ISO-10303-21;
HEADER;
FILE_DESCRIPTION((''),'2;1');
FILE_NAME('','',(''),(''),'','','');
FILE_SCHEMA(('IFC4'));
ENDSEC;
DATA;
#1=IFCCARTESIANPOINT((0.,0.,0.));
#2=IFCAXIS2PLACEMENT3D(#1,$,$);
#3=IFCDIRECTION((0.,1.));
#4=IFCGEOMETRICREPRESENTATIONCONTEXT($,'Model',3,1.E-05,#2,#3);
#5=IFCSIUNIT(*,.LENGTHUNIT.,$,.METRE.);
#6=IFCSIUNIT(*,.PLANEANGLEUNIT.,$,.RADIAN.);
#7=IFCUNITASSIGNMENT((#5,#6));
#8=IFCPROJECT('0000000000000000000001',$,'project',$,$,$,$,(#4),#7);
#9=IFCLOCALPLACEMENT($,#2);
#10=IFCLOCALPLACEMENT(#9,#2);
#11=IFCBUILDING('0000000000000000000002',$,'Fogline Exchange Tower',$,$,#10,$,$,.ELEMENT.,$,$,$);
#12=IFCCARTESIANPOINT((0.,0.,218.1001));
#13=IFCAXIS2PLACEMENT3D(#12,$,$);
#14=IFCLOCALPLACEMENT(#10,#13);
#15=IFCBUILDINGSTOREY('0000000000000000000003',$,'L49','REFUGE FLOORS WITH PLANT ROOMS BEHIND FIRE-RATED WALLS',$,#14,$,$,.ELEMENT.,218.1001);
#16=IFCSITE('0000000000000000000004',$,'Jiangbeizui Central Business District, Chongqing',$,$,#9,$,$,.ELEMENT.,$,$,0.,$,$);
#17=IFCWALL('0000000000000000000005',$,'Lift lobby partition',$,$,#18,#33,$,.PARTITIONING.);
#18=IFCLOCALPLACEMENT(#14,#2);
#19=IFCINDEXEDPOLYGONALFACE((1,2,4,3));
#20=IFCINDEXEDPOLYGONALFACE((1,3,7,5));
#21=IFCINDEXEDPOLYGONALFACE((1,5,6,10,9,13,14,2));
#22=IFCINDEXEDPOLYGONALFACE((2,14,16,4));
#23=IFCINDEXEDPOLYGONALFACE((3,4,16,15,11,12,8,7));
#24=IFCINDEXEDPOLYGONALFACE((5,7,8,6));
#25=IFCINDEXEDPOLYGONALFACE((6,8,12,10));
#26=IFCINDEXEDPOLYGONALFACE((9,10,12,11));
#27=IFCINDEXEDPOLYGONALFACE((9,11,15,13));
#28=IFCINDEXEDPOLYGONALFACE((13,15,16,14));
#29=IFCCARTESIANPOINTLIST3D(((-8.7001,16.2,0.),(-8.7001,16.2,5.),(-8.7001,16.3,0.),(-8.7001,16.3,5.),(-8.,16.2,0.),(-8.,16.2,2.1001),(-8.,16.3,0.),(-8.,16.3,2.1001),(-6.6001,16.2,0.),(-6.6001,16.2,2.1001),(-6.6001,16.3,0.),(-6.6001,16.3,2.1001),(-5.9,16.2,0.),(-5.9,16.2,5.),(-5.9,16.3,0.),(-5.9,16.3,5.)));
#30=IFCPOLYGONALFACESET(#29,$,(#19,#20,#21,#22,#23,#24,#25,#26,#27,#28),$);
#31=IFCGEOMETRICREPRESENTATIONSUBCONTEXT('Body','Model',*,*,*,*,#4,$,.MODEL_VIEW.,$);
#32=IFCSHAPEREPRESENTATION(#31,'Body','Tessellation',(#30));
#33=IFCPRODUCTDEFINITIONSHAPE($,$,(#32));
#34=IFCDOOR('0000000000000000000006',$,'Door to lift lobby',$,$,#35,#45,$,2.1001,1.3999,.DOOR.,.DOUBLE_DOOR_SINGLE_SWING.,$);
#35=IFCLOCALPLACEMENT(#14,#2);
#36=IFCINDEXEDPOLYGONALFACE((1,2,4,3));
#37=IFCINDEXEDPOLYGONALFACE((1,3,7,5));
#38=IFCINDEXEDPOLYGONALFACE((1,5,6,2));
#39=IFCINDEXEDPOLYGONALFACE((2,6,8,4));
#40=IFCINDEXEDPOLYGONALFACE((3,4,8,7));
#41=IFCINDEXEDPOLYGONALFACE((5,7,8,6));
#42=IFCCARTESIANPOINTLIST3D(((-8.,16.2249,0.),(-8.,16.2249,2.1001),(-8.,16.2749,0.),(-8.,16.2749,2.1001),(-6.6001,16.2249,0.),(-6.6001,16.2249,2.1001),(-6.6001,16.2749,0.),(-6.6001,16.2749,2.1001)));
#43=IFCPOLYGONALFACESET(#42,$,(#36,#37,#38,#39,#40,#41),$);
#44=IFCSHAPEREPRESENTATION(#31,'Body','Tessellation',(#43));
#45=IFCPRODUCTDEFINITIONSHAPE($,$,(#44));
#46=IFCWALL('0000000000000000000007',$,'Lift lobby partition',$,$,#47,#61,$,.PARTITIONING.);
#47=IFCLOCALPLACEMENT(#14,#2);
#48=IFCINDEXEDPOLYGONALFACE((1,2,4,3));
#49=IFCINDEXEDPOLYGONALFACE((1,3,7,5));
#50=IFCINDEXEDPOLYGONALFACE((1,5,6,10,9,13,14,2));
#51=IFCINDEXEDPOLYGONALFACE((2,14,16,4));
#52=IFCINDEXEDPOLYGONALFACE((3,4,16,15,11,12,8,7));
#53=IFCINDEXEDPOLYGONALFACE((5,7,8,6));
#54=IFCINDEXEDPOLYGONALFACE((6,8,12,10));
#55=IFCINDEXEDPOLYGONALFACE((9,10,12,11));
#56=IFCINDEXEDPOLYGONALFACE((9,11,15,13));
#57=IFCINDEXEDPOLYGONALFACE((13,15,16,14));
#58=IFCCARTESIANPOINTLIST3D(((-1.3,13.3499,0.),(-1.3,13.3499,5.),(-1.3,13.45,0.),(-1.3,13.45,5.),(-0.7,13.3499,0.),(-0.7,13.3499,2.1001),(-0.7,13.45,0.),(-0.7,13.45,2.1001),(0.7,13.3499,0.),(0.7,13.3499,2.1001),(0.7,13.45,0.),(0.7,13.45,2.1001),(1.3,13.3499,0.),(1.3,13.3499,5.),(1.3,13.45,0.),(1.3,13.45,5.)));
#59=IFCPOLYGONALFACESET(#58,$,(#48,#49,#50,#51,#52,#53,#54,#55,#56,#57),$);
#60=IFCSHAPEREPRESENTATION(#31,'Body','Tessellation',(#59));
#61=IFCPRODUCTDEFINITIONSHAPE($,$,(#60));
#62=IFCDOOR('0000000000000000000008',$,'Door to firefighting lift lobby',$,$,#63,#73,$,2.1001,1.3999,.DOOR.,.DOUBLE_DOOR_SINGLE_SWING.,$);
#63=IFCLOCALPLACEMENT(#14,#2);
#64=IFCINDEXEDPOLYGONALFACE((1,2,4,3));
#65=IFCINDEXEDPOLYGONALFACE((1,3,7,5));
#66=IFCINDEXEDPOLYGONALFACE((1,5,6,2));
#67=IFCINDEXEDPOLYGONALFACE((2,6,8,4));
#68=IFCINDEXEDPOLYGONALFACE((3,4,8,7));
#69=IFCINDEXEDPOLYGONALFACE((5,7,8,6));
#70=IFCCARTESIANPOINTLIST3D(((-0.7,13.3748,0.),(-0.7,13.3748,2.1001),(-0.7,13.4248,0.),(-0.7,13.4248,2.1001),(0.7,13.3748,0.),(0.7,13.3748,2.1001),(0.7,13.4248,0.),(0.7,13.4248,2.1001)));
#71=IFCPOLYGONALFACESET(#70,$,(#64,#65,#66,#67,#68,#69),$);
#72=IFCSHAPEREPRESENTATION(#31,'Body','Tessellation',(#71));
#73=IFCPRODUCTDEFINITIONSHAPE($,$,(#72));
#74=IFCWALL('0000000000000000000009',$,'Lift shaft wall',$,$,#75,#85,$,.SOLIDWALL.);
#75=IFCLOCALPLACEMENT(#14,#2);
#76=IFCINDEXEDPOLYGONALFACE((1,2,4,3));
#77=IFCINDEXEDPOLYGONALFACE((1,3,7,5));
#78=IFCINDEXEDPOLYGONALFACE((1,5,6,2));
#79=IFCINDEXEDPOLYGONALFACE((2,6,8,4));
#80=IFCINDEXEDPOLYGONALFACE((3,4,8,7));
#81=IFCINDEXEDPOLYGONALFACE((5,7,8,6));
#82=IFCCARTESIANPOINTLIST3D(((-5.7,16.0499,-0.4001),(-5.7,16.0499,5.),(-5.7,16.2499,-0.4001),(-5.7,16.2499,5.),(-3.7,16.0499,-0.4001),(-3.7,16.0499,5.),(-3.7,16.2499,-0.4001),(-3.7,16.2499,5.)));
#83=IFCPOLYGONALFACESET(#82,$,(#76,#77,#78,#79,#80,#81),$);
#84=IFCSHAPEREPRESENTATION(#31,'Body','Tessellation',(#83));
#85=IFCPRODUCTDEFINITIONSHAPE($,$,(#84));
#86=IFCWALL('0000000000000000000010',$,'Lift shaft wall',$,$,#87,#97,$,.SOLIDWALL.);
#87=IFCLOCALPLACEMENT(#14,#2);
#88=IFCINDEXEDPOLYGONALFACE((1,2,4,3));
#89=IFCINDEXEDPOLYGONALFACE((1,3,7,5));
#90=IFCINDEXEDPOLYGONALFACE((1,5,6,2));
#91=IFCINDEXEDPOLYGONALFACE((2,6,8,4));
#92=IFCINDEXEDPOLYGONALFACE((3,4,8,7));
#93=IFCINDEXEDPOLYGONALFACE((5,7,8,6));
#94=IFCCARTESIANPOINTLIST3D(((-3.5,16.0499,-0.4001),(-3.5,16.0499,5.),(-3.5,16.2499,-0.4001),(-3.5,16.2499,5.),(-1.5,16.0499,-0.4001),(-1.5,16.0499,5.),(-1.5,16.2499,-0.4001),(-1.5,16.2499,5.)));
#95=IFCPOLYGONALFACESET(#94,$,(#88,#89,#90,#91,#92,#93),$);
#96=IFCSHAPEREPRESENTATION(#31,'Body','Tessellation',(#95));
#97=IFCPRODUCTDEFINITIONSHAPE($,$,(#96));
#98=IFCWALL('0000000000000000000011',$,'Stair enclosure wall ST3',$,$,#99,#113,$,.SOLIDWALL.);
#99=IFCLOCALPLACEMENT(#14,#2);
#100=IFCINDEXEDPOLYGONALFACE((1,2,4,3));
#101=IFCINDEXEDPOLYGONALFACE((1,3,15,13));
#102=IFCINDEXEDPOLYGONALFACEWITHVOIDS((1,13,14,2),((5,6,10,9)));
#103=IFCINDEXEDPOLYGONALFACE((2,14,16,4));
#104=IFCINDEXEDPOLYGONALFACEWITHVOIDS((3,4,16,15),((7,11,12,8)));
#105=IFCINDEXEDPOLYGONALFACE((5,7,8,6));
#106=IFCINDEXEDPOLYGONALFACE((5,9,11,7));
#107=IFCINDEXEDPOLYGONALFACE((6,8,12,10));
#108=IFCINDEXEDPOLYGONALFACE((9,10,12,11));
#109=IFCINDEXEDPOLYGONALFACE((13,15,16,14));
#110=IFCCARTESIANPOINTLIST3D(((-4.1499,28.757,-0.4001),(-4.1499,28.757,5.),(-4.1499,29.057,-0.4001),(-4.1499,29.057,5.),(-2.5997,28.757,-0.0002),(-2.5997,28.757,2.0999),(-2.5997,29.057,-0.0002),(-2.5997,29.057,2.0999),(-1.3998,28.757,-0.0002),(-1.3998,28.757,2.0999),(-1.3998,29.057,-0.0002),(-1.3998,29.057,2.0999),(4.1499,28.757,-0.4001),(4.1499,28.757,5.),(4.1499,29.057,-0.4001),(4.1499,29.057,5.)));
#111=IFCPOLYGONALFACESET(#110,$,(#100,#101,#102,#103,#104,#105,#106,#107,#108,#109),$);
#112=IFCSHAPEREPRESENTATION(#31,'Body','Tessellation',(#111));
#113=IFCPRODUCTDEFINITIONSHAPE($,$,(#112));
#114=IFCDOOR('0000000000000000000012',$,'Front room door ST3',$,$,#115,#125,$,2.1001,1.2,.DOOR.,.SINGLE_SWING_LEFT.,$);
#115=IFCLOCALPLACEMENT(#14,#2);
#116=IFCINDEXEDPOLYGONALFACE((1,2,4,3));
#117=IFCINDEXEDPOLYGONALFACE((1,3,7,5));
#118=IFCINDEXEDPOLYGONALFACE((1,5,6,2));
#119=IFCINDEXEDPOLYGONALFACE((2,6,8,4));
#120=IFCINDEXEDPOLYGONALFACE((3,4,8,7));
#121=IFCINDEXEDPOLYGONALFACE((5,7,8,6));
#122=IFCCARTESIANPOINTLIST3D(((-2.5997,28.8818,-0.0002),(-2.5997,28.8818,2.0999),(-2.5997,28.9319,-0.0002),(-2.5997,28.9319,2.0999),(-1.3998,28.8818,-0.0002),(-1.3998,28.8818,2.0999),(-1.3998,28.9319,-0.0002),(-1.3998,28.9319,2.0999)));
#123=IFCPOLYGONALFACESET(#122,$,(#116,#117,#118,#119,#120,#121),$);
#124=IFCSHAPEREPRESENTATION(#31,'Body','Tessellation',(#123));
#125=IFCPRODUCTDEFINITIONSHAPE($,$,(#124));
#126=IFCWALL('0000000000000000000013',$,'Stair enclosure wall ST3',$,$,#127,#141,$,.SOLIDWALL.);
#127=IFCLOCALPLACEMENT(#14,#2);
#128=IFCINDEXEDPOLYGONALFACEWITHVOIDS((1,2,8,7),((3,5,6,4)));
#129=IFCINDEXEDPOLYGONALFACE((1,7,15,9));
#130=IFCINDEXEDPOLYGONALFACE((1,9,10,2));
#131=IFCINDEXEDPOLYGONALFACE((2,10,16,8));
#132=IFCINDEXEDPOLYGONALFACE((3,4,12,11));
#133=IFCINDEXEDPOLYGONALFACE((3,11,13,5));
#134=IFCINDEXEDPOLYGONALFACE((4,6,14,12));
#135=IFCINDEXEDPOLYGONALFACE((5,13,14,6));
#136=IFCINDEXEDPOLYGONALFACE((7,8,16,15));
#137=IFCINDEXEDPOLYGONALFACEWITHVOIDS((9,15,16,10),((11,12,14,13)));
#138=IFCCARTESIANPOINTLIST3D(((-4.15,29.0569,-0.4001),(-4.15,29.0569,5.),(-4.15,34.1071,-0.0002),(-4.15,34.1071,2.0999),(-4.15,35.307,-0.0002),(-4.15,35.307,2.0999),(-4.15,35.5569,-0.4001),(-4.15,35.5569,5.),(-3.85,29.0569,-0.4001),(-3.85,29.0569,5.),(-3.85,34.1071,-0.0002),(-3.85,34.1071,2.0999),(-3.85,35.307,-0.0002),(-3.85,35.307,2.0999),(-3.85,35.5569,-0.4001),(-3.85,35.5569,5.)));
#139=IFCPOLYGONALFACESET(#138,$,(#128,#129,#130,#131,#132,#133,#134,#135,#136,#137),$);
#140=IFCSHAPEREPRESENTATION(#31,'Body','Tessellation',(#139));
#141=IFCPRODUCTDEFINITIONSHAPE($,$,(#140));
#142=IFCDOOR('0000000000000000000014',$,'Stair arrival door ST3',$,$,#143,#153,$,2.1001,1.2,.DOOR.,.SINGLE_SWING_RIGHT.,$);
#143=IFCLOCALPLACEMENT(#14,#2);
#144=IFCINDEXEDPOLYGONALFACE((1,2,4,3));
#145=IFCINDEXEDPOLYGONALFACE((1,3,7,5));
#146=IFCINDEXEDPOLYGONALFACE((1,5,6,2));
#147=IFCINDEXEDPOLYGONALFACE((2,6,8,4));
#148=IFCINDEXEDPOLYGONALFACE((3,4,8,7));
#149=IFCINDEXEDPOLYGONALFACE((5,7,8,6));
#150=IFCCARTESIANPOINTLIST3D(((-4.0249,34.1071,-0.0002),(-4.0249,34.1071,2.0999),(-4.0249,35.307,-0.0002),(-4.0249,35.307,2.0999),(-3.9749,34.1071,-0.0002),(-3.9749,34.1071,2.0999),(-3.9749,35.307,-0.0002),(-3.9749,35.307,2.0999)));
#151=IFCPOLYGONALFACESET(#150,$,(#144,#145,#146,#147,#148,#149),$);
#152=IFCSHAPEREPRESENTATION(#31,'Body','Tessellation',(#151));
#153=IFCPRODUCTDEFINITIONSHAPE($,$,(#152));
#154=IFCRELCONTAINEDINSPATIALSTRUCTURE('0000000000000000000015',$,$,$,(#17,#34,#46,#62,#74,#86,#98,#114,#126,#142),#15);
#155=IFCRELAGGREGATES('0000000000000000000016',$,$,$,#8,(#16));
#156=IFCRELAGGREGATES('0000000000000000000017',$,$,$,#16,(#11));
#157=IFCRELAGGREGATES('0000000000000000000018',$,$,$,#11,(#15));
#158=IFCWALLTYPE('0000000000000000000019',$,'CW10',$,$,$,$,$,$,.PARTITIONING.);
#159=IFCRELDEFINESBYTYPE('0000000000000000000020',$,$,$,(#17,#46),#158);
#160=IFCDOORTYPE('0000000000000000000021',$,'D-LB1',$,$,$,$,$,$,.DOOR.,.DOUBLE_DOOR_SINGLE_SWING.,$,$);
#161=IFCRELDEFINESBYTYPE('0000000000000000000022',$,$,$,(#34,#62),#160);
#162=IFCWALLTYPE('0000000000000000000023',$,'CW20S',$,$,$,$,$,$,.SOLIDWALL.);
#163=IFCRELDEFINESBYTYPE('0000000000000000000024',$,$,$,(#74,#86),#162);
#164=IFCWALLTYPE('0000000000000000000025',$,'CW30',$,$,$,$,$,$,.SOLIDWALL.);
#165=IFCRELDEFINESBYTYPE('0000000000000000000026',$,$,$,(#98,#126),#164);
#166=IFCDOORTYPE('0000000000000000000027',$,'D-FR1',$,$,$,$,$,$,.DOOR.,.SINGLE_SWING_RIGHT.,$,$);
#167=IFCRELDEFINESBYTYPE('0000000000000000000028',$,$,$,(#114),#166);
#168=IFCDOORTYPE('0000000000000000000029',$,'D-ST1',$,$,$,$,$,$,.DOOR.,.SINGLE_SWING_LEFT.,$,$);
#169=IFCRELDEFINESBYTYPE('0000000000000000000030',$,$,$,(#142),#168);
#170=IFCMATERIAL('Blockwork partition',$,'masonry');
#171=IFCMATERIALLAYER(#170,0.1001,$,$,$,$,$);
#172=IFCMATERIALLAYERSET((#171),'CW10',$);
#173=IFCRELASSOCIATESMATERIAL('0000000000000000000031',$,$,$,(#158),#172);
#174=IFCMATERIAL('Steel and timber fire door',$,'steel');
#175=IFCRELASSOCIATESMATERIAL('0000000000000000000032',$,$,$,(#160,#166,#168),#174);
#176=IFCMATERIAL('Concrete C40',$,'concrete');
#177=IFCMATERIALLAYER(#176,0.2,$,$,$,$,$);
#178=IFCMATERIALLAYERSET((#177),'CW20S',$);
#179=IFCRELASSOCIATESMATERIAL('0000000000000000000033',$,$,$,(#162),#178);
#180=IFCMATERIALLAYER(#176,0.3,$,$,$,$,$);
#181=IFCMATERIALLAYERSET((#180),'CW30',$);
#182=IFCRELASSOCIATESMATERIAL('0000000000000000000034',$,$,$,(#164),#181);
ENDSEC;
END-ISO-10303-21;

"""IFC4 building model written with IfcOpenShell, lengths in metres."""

from ifc_helpers import new_model, si_unit, direction, frame, frame_2d, origin, place, context, subcontext, project, spatial, rectangle, extrude, material, layer, layer_set, type_object, element, fill, save


model = new_model("IFC4")

# Units and contexts
model_context = context("Model", 3, precision=1e-05, world=origin(), true_north=direction((0.0, 1.0)))
body_context = subcontext(model_context, "Body", "Model", "MODEL_VIEW")
ifc_project = project(units=[si_unit("LENGTHUNIT", "METRE"), si_unit("PLANEANGLEUNIT", "RADIAN")], contexts=[model_context])

# Site, building, storey
site_placement = place(None, origin())
site = spatial("IfcSite", under=ifc_project, at=site_placement, Name="Jiangbeizui Central Business District, Chongqing", CompositionType="ELEMENT", RefElevation=0.0)
building_placement = place(site_placement, origin())
building = spatial("IfcBuilding", under=site, at=building_placement, Name="Fogline Exchange Tower", CompositionType="ELEMENT")
storey_placement = place(building_placement, frame((0.0, 0.0, 218.1001)))
storey = spatial("IfcBuildingStorey", under=building, at=storey_placement, Name="L49", Description="REFUGE FLOORS WITH PLANT ROOMS BEHIND FIRE-RATED WALLS", CompositionType="ELEMENT", Elevation=218.1001)

# Shared definitions
ifc_material_1 = material(Name="Concrete C40", Category="concrete")

# Walls, openings, doors
ifc_material_2 = material(Name="Blockwork partition", Category="masonry")
ifc_layer_1 = layer(ifc_material_2, 0.1001)
ifc_layer_set_1 = layer_set([ifc_layer_1], Name="CW10")
wall_type_1 = type_object("IfcWallType", Name="CW10", PredefinedType="PARTITIONING", material=ifc_layer_set_1)
wall_1_placement = place(storey_placement, frame((-8.7, 16.25, 0.0), z_axis=(0.0, 0.0, 1.0), x_axis=(1.0, 0.0, 0.0)))
wall_1 = element("IfcWall", 1, at=wall_1_placement, inside=storey, type_object=wall_type_1, Name="Lift lobby partition", PredefinedType="PARTITIONING", context=body_context, shape_type="SweptSolid", body=[
    extrude(rectangle(XDim=2.8, YDim=0.1001, at=frame_2d((1.3999, 0.0))), origin(), (0.0, 0.0, 1.0), 5.0),
])
opening_1_placement = place(wall_1_placement, frame((0.7, 0.0, 0.0)))
opening_1 = element("IfcOpeningElement", 2, at=opening_1_placement, cuts=wall_1, PredefinedType="OPENING", context=body_context, shape_type="SweptSolid", body=[
    extrude(rectangle(XDim=1.3999, YDim=2.1001, at=frame_2d((0.7, 1.05))), frame((0.0, 0.0601, 0.0), z_axis=(0.0, -1.0, 0.0), x_axis=(1.0, 0.0, 0.0)), (0.0, 0.0, 1.0), 0.1201),
])
ifc_material_3 = material(Name="Steel and timber fire door", Category="steel")
door_type_1 = type_object("IfcDoorType", Name="D-LB1", OperationType="DOUBLE_DOOR_SINGLE_SWING", PredefinedType="DOOR", material=ifc_material_3)
door_1_placement = place(opening_1_placement, origin())
door_1 = element("IfcDoor", 3, at=door_1_placement, inside=storey, type_object=door_type_1, Name="Door to lift lobby", OperationType="DOUBLE_DOOR_SINGLE_SWING", OverallHeight=2.1001, OverallWidth=1.3999, PredefinedType="DOOR", context=body_context, shape_type="SweptSolid", body=[
    extrude(rectangle(XDim=1.3999, YDim=2.1001, at=frame_2d((0.7, 1.05))), frame((0.0, 0.0249, 0.0), z_axis=(0.0, -1.0, 0.0), x_axis=(1.0, 0.0, 0.0)), (0.0, 0.0, 1.0), 0.05),
])
fill(opening_1, door_1)
wall_2_placement = place(storey_placement, frame((-1.3, 13.3999, 0.0), z_axis=(0.0, 0.0, 1.0), x_axis=(1.0, 0.0, 0.0)))
wall_2 = element("IfcWall", 4, at=wall_2_placement, inside=storey, type_object=wall_type_1, Name="Lift lobby partition", PredefinedType="PARTITIONING", context=body_context, shape_type="SweptSolid", body=[
    extrude(rectangle(XDim=2.6001, YDim=0.1001, at=frame_2d((1.3, 0.0))), origin(), (0.0, 0.0, 1.0), 5.0),
])
opening_2_placement = place(wall_2_placement, frame((0.6001, 0.0, 0.0)))
opening_2 = element("IfcOpeningElement", 5, at=opening_2_placement, cuts=wall_2, PredefinedType="OPENING", context=body_context, shape_type="SweptSolid", body=[
    extrude(rectangle(XDim=1.3999, YDim=2.1001, at=frame_2d((0.7, 1.05))), frame((0.0, 0.0601, 0.0), z_axis=(0.0, -1.0, 0.0), x_axis=(1.0, 0.0, 0.0)), (0.0, 0.0, 1.0), 0.1201),
])
door_2_placement = place(opening_2_placement, origin())
door_2 = element("IfcDoor", 6, at=door_2_placement, inside=storey, type_object=door_type_1, Name="Door to firefighting lift lobby", OperationType="DOUBLE_DOOR_SINGLE_SWING", OverallHeight=2.1001, OverallWidth=1.3999, PredefinedType="DOOR", context=body_context, shape_type="SweptSolid", body=[
    extrude(rectangle(XDim=1.3999, YDim=2.1001, at=frame_2d((0.7, 1.05))), frame((0.0, 0.0249, 0.0), z_axis=(0.0, -1.0, 0.0), x_axis=(1.0, 0.0, 0.0)), (0.0, 0.0, 1.0), 0.05),
])
fill(opening_2, door_2)

# Walls
ifc_layer_2 = layer(ifc_material_1, 0.2)
ifc_layer_set_2 = layer_set([ifc_layer_2], Name="CW20S")
wall_type_2 = type_object("IfcWallType", Name="CW20S", PredefinedType="SOLIDWALL", material=ifc_layer_set_2)
for number, where, z_axis, x_axis, name in (
    (7, (-5.7, 16.1499, -0.4001), (0.0, 0.0, 1.0), (1.0, 0.0, 0.0), "Lift shaft wall"),
    (8, (-3.5, 16.1499, -0.4001), (0.0, 0.0, 1.0), (1.0, 0.0, 0.0), "Lift shaft wall"),
):
    element("IfcWall", number, at=place(storey_placement, frame(where, z_axis=z_axis, x_axis=x_axis)), inside=storey, type_object=wall_type_2, Name=name, PredefinedType="SOLIDWALL", context=body_context, shape_type="SweptSolid", body=[
        extrude(rectangle(XDim=2.0, YDim=0.2, at=frame_2d((1.0, 0.0))), origin(), (0.0, 0.0, 1.0), 5.4001),
    ])

# Walls, openings, doors
ifc_layer_3 = layer(ifc_material_1, 0.3)
ifc_layer_set_3 = layer_set([ifc_layer_3], Name="CW30")
wall_type_3 = type_object("IfcWallType", Name="CW30", PredefinedType="SOLIDWALL", material=ifc_layer_set_3)
wall_3_placement = place(storey_placement, frame((-4.1499, 28.907, -0.4001), z_axis=(0.0, 0.0, 1.0), x_axis=(1.0, 0.0, 0.0)))
wall_3 = element("IfcWall", 9, at=wall_3_placement, inside=storey, type_object=wall_type_3, Name="Stair enclosure wall ST3", PredefinedType="SOLIDWALL", context=body_context, shape_type="SweptSolid", body=[
    extrude(rectangle(XDim=8.2998, YDim=0.3, at=frame_2d((4.1499, 0.0))), origin(), (0.0, 0.0, 1.0), 5.4001),
])
opening_3_placement = place(wall_3_placement, frame((1.55, 0.0, 0.3999)))
opening_3 = element("IfcOpeningElement", 10, at=opening_3_placement, cuts=wall_3, PredefinedType="OPENING", context=body_context, shape_type="SweptSolid", body=[
    extrude(rectangle(XDim=1.2, YDim=2.1001, at=frame_2d((0.6001, 1.05))), frame((0.0, 0.1602, 0.0), z_axis=(0.0, -1.0, 0.0), x_axis=(1.0, 0.0, 0.0)), (0.0, 0.0, 1.0), 0.3201),
])
door_type_2 = type_object("IfcDoorType", Name="D-FR1", OperationType="SINGLE_SWING_RIGHT", PredefinedType="DOOR", material=ifc_material_3)
door_3_placement = place(opening_3_placement, origin())
door_3 = element("IfcDoor", 11, at=door_3_placement, inside=storey, type_object=door_type_2, Name="Front room door ST3", OperationType="SINGLE_SWING_LEFT", OverallHeight=2.1001, OverallWidth=1.2, PredefinedType="DOOR", context=body_context, shape_type="SweptSolid", body=[
    extrude(rectangle(XDim=1.2, YDim=2.1001, at=frame_2d((0.6001, 1.05))), frame((0.0, 0.0249, 0.0), z_axis=(0.0, -1.0, 0.0), x_axis=(1.0, 0.0, 0.0)), (0.0, 0.0, 1.0), 0.05),
])
fill(opening_3, door_3)
wall_4_placement = place(storey_placement, frame((-4.0, 29.0569, -0.4001), z_axis=(0.0, 0.0, 1.0), x_axis=(0.0, 1.0, 0.0)))
wall_4 = element("IfcWall", 12, at=wall_4_placement, inside=storey, type_object=wall_type_3, Name="Stair enclosure wall ST3", PredefinedType="SOLIDWALL", context=body_context, shape_type="SweptSolid", body=[
    extrude(rectangle(XDim=6.5, YDim=0.3, at=frame_2d((3.25, 0.0))), origin(), (0.0, 0.0, 1.0), 5.4001),
])
opening_4_placement = place(wall_4_placement, frame((5.05, 0.0, 0.3999)))
opening_4 = element("IfcOpeningElement", 13, at=opening_4_placement, cuts=wall_4, PredefinedType="OPENING", context=body_context, shape_type="SweptSolid", body=[
    extrude(rectangle(XDim=1.2, YDim=2.1001, at=frame_2d((0.6001, 1.05))), frame((0.0, 0.1602, 0.0), z_axis=(0.0, -1.0, 0.0), x_axis=(1.0, 0.0, 0.0)), (0.0, 0.0, 1.0), 0.3201),
])
door_type_3 = type_object("IfcDoorType", Name="D-ST1", OperationType="SINGLE_SWING_LEFT", PredefinedType="DOOR", material=ifc_material_3)
door_4_placement = place(opening_4_placement, origin())
door_4 = element("IfcDoor", 14, at=door_4_placement, inside=storey, type_object=door_type_3, Name="Stair arrival door ST3", OperationType="SINGLE_SWING_RIGHT", OverallHeight=2.1001, OverallWidth=1.2, PredefinedType="DOOR", context=body_context, shape_type="SweptSolid", body=[
    extrude(rectangle(XDim=1.2, YDim=2.1001, at=frame_2d((0.6001, 1.05))), frame((0.0, 0.0249, 0.0), z_axis=(0.0, -1.0, 0.0), x_axis=(1.0, 0.0, 0.0)), (0.0, 0.0, 1.0), 0.05),
])
fill(opening_4, door_4)

save(model, "model.ifc")
